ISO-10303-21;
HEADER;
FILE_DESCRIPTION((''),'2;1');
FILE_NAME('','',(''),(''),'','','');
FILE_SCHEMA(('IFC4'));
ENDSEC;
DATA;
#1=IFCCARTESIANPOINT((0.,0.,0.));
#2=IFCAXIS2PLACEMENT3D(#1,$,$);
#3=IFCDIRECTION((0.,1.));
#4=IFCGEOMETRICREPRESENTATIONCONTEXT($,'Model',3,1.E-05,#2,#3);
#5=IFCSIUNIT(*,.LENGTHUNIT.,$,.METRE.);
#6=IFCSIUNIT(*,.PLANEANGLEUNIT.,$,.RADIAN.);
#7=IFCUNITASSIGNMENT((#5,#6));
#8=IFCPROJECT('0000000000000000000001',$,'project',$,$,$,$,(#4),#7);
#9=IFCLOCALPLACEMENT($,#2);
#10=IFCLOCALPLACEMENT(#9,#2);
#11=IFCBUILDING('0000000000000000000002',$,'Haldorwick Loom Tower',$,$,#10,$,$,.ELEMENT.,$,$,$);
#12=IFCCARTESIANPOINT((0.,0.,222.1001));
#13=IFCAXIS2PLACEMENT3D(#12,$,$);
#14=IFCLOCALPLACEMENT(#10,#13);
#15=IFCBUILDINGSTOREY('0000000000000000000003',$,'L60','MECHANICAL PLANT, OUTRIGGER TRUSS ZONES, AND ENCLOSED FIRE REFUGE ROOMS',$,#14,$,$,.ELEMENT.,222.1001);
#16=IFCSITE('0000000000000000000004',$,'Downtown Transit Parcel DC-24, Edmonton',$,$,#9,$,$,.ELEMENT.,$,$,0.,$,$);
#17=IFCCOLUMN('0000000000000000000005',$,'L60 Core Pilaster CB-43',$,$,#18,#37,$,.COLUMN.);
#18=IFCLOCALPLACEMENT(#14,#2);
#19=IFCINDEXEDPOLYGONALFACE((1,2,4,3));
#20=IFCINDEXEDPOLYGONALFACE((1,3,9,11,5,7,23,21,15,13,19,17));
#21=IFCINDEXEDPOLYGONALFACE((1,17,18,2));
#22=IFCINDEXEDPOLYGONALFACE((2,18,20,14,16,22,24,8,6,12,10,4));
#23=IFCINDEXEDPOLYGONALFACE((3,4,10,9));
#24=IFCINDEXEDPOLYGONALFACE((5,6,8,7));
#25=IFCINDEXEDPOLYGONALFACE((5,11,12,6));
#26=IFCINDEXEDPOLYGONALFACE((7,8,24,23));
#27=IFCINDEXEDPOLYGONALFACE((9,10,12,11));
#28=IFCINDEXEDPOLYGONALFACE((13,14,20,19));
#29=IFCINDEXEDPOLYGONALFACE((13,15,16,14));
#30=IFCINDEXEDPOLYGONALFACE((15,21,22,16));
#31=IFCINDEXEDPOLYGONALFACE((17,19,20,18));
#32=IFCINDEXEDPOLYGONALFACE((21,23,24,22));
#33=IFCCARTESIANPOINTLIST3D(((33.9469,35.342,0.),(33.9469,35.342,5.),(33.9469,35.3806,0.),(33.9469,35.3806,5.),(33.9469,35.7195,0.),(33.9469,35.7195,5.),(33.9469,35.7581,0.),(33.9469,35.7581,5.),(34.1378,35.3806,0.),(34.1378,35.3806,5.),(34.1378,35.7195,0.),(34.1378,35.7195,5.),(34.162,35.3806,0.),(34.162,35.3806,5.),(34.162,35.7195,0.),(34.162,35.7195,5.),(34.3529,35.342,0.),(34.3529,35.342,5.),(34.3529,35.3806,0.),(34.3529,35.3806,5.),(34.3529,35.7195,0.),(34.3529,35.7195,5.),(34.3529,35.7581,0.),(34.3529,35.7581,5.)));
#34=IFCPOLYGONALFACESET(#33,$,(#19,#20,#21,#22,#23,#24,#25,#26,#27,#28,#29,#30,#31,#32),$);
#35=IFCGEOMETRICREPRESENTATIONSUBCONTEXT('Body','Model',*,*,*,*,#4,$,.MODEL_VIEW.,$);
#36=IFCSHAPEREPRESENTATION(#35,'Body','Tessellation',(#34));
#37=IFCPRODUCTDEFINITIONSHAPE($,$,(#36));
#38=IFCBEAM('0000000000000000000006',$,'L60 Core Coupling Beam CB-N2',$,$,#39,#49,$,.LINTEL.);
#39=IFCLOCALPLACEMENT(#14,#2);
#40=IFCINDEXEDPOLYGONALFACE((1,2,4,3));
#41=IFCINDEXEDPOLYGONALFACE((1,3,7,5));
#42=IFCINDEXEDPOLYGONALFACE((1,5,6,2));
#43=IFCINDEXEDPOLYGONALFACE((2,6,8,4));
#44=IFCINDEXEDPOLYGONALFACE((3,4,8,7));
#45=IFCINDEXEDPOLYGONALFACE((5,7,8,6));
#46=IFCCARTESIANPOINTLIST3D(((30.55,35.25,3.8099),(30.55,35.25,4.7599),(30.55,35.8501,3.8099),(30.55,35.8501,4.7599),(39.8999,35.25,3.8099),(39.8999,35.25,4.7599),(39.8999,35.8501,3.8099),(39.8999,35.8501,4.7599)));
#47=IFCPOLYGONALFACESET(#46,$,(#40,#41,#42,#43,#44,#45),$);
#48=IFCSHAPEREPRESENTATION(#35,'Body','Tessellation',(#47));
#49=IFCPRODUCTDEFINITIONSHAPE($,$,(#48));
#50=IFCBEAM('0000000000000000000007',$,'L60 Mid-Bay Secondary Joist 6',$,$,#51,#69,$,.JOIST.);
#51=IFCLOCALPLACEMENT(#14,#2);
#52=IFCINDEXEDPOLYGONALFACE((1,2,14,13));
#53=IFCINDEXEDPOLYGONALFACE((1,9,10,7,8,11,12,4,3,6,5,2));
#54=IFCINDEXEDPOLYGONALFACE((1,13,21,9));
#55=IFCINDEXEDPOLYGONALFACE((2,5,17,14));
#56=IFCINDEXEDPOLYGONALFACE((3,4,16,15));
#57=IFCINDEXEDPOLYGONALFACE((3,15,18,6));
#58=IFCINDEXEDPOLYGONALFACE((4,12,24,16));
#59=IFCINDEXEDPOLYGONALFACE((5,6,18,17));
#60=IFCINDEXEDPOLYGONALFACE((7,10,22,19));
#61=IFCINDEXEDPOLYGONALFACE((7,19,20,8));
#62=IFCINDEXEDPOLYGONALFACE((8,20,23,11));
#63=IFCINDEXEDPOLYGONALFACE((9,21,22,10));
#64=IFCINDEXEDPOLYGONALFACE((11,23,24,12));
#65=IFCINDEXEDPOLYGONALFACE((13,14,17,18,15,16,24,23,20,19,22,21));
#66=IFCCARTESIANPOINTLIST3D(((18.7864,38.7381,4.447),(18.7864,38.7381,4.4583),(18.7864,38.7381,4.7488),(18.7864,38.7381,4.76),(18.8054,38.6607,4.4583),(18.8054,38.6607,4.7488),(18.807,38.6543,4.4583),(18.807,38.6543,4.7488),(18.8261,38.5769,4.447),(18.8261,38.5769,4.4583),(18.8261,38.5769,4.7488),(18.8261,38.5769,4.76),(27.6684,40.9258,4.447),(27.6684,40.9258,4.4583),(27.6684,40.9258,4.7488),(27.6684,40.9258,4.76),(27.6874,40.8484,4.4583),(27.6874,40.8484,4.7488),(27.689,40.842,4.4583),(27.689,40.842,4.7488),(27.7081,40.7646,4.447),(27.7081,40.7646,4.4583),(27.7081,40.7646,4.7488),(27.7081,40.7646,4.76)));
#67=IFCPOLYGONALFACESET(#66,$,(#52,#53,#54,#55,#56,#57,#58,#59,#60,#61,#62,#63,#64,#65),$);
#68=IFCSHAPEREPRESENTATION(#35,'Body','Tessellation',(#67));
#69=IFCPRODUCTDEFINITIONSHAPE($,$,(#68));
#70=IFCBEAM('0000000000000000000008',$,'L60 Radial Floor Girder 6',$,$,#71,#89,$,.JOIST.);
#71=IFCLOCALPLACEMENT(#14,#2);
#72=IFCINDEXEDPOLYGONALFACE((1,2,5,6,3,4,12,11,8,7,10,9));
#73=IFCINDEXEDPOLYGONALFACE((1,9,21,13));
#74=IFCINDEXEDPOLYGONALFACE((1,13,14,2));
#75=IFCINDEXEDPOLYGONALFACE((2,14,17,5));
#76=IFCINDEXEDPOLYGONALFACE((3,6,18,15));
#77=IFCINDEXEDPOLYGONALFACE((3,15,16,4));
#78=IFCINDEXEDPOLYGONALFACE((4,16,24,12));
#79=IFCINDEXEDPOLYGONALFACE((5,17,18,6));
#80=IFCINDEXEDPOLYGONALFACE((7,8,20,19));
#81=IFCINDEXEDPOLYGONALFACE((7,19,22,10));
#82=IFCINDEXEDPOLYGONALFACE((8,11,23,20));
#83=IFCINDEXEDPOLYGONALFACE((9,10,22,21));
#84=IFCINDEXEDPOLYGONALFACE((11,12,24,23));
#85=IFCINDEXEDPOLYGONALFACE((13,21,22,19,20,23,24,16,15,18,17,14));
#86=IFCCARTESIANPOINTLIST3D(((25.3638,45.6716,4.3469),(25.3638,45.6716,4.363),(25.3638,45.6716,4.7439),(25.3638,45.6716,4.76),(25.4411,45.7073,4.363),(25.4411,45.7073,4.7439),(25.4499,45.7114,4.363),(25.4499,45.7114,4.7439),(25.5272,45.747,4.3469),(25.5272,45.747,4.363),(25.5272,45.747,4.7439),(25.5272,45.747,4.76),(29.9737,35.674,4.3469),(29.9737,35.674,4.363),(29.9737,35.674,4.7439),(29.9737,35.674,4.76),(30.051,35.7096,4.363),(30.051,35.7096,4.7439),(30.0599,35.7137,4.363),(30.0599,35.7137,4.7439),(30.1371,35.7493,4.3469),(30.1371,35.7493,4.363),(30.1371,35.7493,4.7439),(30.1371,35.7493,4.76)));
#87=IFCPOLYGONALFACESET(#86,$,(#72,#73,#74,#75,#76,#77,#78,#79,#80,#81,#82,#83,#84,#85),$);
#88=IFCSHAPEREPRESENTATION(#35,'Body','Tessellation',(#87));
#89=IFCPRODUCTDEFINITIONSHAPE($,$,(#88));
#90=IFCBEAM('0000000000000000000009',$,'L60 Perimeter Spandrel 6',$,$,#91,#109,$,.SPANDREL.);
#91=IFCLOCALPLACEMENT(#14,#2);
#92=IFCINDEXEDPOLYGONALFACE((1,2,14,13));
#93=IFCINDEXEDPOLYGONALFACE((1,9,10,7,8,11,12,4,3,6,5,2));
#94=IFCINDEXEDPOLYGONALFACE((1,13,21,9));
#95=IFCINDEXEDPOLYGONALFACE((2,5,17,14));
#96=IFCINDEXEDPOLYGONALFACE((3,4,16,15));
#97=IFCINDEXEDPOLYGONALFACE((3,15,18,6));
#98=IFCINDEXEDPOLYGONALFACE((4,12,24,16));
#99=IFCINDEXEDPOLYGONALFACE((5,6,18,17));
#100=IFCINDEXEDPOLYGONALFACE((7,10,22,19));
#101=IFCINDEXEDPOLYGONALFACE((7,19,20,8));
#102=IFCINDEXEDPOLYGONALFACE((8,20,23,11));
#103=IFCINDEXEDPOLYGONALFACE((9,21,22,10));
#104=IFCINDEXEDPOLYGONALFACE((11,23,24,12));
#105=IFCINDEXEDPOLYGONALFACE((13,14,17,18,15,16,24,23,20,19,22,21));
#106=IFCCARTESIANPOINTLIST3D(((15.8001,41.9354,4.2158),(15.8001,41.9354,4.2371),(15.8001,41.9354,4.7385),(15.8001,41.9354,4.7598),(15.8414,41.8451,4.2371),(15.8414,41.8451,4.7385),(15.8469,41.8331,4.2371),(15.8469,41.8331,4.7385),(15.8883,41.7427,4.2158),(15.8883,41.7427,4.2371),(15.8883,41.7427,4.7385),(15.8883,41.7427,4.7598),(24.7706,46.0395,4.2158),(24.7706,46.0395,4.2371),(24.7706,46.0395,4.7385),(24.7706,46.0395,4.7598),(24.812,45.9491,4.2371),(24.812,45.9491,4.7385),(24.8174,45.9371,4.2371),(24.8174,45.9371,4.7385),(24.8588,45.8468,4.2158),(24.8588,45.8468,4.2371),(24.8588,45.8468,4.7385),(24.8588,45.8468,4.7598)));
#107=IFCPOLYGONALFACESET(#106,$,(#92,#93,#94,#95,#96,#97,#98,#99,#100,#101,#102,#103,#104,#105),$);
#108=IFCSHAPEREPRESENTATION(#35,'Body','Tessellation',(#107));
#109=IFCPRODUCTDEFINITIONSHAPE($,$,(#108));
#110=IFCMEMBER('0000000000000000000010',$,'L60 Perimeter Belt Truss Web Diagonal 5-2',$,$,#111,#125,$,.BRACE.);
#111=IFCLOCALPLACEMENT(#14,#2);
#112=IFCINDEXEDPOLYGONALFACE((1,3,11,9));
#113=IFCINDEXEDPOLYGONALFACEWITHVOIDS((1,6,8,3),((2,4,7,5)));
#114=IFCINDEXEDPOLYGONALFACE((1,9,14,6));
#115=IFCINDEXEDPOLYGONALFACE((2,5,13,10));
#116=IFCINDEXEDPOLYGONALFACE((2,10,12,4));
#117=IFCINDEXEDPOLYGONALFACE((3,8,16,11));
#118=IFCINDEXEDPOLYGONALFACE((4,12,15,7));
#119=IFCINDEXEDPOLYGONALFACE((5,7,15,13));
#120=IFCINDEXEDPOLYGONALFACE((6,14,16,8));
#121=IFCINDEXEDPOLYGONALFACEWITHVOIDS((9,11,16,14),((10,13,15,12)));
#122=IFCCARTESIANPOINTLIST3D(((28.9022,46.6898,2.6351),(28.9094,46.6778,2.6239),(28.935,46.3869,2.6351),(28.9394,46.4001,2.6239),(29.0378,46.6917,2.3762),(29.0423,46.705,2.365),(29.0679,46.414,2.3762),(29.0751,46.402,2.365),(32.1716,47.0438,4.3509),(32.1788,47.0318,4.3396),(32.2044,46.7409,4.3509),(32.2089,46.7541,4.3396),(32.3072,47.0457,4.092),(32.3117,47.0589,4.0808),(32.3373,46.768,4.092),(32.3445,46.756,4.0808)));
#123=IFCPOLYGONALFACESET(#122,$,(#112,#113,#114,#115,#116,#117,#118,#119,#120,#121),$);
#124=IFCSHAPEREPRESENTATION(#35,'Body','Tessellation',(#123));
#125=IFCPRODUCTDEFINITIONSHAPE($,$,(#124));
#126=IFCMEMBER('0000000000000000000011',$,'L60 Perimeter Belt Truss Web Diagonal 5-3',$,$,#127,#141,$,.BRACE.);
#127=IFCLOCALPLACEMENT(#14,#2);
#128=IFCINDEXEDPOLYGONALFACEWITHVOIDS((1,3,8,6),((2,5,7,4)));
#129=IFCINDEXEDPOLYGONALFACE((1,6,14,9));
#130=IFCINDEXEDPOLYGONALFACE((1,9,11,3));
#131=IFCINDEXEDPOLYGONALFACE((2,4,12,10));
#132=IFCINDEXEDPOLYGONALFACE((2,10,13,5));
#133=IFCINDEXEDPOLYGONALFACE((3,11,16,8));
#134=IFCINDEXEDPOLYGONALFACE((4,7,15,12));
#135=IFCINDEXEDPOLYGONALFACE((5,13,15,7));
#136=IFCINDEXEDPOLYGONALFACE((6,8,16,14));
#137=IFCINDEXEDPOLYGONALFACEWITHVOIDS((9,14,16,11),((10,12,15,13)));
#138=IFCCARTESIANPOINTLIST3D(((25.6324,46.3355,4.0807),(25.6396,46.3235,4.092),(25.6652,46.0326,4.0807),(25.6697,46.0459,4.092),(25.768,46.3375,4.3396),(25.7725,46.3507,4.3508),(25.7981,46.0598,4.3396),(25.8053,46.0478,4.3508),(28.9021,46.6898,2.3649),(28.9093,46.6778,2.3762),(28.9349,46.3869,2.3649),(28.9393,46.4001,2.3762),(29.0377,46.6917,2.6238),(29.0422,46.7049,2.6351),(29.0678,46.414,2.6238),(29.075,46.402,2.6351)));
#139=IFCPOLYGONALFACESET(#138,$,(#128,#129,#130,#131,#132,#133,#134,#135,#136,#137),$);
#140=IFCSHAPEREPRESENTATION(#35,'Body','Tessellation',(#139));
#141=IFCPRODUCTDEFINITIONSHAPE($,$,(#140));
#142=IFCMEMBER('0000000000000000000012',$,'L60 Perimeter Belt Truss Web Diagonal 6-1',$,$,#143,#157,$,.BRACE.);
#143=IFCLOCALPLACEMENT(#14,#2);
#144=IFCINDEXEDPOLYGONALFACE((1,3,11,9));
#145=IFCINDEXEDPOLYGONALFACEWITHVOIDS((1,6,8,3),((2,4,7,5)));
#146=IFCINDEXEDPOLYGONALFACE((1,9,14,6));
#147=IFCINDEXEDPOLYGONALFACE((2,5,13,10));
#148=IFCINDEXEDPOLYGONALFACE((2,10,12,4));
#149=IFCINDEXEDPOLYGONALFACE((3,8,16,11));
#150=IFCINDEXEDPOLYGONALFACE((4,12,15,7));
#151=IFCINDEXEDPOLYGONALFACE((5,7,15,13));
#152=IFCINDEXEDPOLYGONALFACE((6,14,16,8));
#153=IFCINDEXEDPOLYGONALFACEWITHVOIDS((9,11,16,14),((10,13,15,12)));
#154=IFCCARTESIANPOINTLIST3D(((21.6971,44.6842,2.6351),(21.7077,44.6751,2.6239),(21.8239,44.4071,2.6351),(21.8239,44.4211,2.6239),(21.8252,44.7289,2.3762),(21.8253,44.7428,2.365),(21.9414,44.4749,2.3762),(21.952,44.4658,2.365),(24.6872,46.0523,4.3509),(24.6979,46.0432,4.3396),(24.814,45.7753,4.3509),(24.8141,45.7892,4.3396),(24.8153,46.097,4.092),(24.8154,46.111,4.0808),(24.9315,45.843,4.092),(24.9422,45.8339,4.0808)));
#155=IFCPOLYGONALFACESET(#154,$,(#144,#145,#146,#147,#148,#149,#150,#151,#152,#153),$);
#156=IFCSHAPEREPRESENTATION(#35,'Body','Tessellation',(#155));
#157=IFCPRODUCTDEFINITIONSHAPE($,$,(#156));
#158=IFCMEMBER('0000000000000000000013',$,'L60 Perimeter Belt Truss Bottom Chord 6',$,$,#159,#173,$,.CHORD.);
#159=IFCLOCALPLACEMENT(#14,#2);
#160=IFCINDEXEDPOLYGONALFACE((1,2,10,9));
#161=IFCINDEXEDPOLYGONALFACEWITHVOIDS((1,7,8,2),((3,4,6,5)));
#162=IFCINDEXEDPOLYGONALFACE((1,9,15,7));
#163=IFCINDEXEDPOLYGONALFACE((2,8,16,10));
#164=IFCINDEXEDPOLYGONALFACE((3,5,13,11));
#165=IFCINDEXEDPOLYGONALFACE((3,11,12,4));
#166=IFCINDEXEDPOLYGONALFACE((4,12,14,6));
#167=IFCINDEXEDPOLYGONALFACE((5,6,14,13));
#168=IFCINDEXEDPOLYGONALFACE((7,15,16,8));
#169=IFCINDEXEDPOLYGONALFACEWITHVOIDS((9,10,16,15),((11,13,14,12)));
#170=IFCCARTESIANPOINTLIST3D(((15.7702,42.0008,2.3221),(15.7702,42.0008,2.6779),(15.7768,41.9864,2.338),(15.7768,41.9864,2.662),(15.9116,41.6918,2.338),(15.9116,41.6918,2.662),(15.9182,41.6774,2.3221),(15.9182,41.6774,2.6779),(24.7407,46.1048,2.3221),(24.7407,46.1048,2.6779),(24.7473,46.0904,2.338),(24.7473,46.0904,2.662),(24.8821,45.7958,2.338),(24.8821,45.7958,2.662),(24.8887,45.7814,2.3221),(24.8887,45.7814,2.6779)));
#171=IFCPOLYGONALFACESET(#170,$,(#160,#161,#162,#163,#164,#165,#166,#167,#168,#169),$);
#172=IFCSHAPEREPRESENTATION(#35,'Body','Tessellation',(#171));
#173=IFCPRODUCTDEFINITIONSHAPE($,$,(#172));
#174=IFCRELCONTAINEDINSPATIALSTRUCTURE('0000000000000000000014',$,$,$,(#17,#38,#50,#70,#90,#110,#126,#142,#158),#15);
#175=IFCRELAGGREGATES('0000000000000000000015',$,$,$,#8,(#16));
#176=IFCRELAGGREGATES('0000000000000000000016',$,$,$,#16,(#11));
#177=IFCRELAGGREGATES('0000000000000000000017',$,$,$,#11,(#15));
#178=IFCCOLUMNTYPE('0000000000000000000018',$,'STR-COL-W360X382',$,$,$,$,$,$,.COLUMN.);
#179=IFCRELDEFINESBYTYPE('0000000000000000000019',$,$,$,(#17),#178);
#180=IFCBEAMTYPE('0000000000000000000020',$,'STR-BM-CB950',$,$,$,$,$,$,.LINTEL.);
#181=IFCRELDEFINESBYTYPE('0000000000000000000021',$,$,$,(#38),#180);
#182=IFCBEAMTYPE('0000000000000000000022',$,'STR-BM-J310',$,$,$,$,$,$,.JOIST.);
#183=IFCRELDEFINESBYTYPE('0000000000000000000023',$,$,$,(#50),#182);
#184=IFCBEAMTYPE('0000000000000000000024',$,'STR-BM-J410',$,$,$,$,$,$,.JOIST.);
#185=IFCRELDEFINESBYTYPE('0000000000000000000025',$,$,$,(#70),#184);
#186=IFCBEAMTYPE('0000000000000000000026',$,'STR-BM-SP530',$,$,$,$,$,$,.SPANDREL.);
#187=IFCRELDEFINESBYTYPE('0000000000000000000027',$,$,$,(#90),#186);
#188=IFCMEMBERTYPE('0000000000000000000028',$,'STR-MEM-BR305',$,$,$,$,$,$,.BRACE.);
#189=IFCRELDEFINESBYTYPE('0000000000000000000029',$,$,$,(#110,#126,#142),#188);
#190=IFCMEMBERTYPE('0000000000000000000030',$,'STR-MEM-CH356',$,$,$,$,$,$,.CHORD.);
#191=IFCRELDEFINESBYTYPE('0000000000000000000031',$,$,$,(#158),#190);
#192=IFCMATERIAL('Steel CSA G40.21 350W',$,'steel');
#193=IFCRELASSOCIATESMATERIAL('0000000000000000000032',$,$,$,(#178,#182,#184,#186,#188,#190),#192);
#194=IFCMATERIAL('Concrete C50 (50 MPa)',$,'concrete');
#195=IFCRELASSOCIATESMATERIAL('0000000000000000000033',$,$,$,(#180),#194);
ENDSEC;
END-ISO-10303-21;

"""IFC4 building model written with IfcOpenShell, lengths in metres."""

from ifc_helpers import new_model, si_unit, direction, frame, origin, origin_2d, place, context, subcontext, project, spatial, rectangle, hollow_rectangle, i_section, extrude, material, material_profile, profile_set, type_object, element, save


model = new_model("IFC4")

# Units and contexts
model_context = context("Model", 3, precision=1e-05, world=origin(), true_north=direction((0.0, 1.0)))
body_context = subcontext(model_context, "Body", "Model", "MODEL_VIEW")
ifc_project = project(units=[si_unit("LENGTHUNIT", "METRE"), si_unit("PLANEANGLEUNIT", "RADIAN")], contexts=[model_context])

# Site, building, storey
site_placement = place(None, origin())
site = spatial("IfcSite", under=ifc_project, at=site_placement, Name="Downtown Transit Parcel DC-24, Edmonton", CompositionType="ELEMENT", RefElevation=0.0)
building_placement = place(site_placement, origin())
building = spatial("IfcBuilding", under=site, at=building_placement, Name="Haldorwick Loom Tower", CompositionType="ELEMENT")
storey_placement = place(building_placement, frame((0.0, 0.0, 222.1001)))
storey = spatial("IfcBuildingStorey", under=building, at=storey_placement, Name="L60", Description="MECHANICAL PLANT, OUTRIGGER TRUSS ZONES, AND ENCLOSED FIRE REFUGE ROOMS", CompositionType="ELEMENT", Elevation=222.1001)

# Column
ifc_material_1 = material(Name="Steel CSA G40.21 350W", Category="steel")
ifc_material_profile_1 = material_profile(ifc_material_1, i_section(OverallWidth=0.406, OverallDepth=0.416, WebThickness=0.0242, FlangeThickness=0.0386, at=origin_2d()), Name="W360X382", Category="steel")
ifc_profile_set_1 = profile_set([ifc_material_profile_1], Name="Steel CSA G40.21 350W")
column_type_1 = type_object("IfcColumnType", Name="STR-COL-W360X382", PredefinedType="COLUMN", material=ifc_profile_set_1)
for number, where, z_axis, x_axis, name in (
    (1, (34.1499, 35.55, 0.0), (0.0, 0.0, 1.0), (1.0, 0.0, 0.0), "L60 Core Pilaster CB-43"),
):
    element("IfcColumn", number, at=place(storey_placement, frame(where, z_axis=z_axis, x_axis=x_axis)), inside=storey, type_object=column_type_1, Name=name, PredefinedType="COLUMN", context=body_context, shape_type="SweptSolid", body=[
        extrude(i_section(OverallWidth=0.406, OverallDepth=0.416, WebThickness=0.0242, FlangeThickness=0.0386, at=origin_2d()), origin(), (0.0, 0.0, 1.0), 5.0),
    ])

# Beams
ifc_material_2 = material(Name="Concrete C50 (50 MPa)", Category="concrete")
ifc_material_profile_2 = material_profile(ifc_material_2, rectangle(XDim=0.6001, YDim=0.95, at=origin_2d()), Name="RC600X950", Category="concrete")
ifc_profile_set_2 = profile_set([ifc_material_profile_2], Name="Concrete C50 (50 MPa)")
beam_type_1 = type_object("IfcBeamType", Name="STR-BM-CB950", PredefinedType="LINTEL", material=ifc_profile_set_2)
beam_1_placement = place(storey_placement, frame((30.55, 35.55, 4.2849), z_axis=(1.0, 0.0, 0.0), x_axis=(0.0, 1.0, 0.0)))
element("IfcBeam", 2, at=beam_1_placement, inside=storey, type_object=beam_type_1, Name="L60 Core Coupling Beam CB-N2", PredefinedType="LINTEL", context=body_context, shape_type="SweptSolid", body=[
    extrude(rectangle(XDim=0.6001, YDim=0.95, at=origin_2d()), origin(), (0.0, 0.0, 1.0), 9.3499),
])
ifc_material_profile_3 = material_profile(ifc_material_1, i_section(OverallWidth=0.166, OverallDepth=0.313, WebThickness=0.0066, FlangeThickness=0.0112, at=origin_2d()), Name="W310X45", Category="steel")
ifc_profile_set_3 = profile_set([ifc_material_profile_3], Name="Steel CSA G40.21 350W")
beam_type_2 = type_object("IfcBeamType", Name="STR-BM-J310", PredefinedType="JOIST", material=ifc_profile_set_3)
beam_2_placement = place(storey_placement, frame((27.6882, 40.8452, 4.6035), z_axis=(-0.97098, -0.239162, 0.0), x_axis=(0.239162, -0.97098, 0.0)))
element("IfcBeam", 3, at=beam_2_placement, inside=storey, type_object=beam_type_2, Name="L60 Mid-Bay Secondary Joist 6", PredefinedType="JOIST", context=body_context, shape_type="SweptSolid", body=[
    extrude(i_section(OverallWidth=0.166, OverallDepth=0.313, WebThickness=0.0066, FlangeThickness=0.0112, at=origin_2d()), origin(), (0.0, 0.0, 1.0), 9.1475),
])
ifc_material_profile_4 = material_profile(ifc_material_1, i_section(OverallWidth=0.1799, OverallDepth=0.4131, WebThickness=0.0098, FlangeThickness=0.0161, at=origin_2d()), Name="W410X74", Category="steel")
ifc_profile_set_4 = profile_set([ifc_material_profile_4], Name="Steel CSA G40.21 350W")
beam_type_3 = type_object("IfcBeamType", Name="STR-BM-J410", PredefinedType="JOIST", material=ifc_profile_set_4)
beam_3_placement = place(storey_placement, frame((30.0554, 35.7117, 4.5535), z_axis=(-0.418729, 0.908111, 0.0), x_axis=(-0.908111, -0.418729, 0.0)))
element("IfcBeam", 4, at=beam_3_placement, inside=storey, type_object=beam_type_3, Name="L60 Radial Floor Girder 6", PredefinedType="JOIST", context=body_context, shape_type="SweptSolid", body=[
    extrude(i_section(OverallWidth=0.1799, OverallDepth=0.4131, WebThickness=0.0098, FlangeThickness=0.0161, at=origin_2d()), origin(), (0.0, 0.0, 1.0), 11.0093),
])
ifc_material_profile_5 = material_profile(ifc_material_1, i_section(OverallWidth=0.2119, OverallDepth=0.5439, WebThickness=0.0132, FlangeThickness=0.0212, at=origin_2d()), Name="W530X123", Category="steel")
ifc_profile_set_5 = profile_set([ifc_material_profile_5], Name="Steel CSA G40.21 350W")
beam_type_4 = type_object("IfcBeamType", Name="STR-BM-SP530", PredefinedType="SPANDREL", material=ifc_profile_set_5)
beam_4_placement = place(storey_placement, frame((24.8147, 45.9431, 4.4878), z_axis=(-0.909351, -0.41603, 0.0), x_axis=(0.41603, -0.909351, 0.0)))
element("IfcBeam", 5, at=beam_4_placement, inside=storey, type_object=beam_type_4, Name="L60 Perimeter Spandrel 6", PredefinedType="SPANDREL", context=body_context, shape_type="SweptSolid", body=[
    extrude(i_section(OverallWidth=0.2119, OverallDepth=0.5439, WebThickness=0.0132, FlangeThickness=0.0212, at=origin_2d()), origin(), (0.0, 0.0, 1.0), 9.8647),
])

# Members
ifc_material_profile_6 = material_profile(ifc_material_1, hollow_rectangle(XDim=0.3047, YDim=0.3047, WallThickness=0.0127, at=origin_2d()), Name="HSS305X305X13", Category="steel")
ifc_profile_set_6 = profile_set([ifc_material_profile_6], Name="Steel CSA G40.21 350W")
member_type_1 = type_object("IfcMemberType", Name="STR-MEM-BR305", PredefinedType="BRACE", material=ifc_profile_set_6)
member_1_placement = place(storey_placement, frame((32.2581, 46.8999, 4.2158), z_axis=(-0.881432, -0.095436, -0.462568), x_axis=(0.107644, -0.994189, 0.0)))
element("IfcMember", 6, at=member_1_placement, inside=storey, type_object=member_type_1, Name="L60 Perimeter Belt Truss Web Diagonal 5-2", PredefinedType="BRACE", context=body_context, shape_type="SweptSolid", body=[
    extrude(hollow_rectangle(XDim=0.3047, YDim=0.3047, WallThickness=0.0127, at=origin_2d()), origin(), (0.0, 0.0, 1.0), 3.7092),
])
member_2_placement = place(storey_placement, frame((28.9885, 46.5459, 2.5), z_axis=(-0.881442, -0.095496, 0.462538), x_axis=(0.10771, -0.994182, 0.0)))
element("IfcMember", 7, at=member_2_placement, inside=storey, type_object=member_type_1, Name="L60 Perimeter Belt Truss Web Diagonal 5-3", PredefinedType="BRACE", context=body_context, shape_type="SweptSolid", body=[
    extrude(hollow_rectangle(XDim=0.3047, YDim=0.3047, WallThickness=0.0127, at=origin_2d()), origin(), (0.0, 0.0, 1.0), 3.7095),
])
member_3_placement = place(storey_placement, frame((24.8147, 45.9431, 4.2158), z_axis=(-0.806189, -0.368867, -0.462598), x_axis=(0.416062, -0.909336, 0.0)))
element("IfcMember", 8, at=member_3_placement, inside=storey, type_object=member_type_1, Name="L60 Perimeter Belt Truss Web Diagonal 6-1", PredefinedType="BRACE", context=body_context, shape_type="SweptSolid", body=[
    extrude(hollow_rectangle(XDim=0.3047, YDim=0.3047, WallThickness=0.0127, at=origin_2d()), origin(), (0.0, 0.0, 1.0), 3.709),
])
ifc_material_profile_7 = material_profile(ifc_material_1, hollow_rectangle(XDim=0.3557, YDim=0.3557, WallThickness=0.0159, at=origin_2d()), Name="HSS356X356X16", Category="steel")
ifc_profile_set_7 = profile_set([ifc_material_profile_7], Name="Steel CSA G40.21 350W")
member_type_2 = type_object("IfcMemberType", Name="STR-MEM-CH356", PredefinedType="CHORD", material=ifc_profile_set_7)
member_4_placement = place(storey_placement, frame((24.8147, 45.9431, 2.5), z_axis=(-0.909351, -0.41603, 0.0), x_axis=(0.41603, -0.909351, 0.0)))
element("IfcMember", 9, at=member_4_placement, inside=storey, type_object=member_type_2, Name="L60 Perimeter Belt Truss Bottom Chord 6", PredefinedType="CHORD", context=body_context, shape_type="SweptSolid", body=[
    extrude(hollow_rectangle(XDim=0.3557, YDim=0.3557, WallThickness=0.0159, at=origin_2d()), origin(), (0.0, 0.0, 1.0), 9.8647),
])

save(model, "model.ifc")
